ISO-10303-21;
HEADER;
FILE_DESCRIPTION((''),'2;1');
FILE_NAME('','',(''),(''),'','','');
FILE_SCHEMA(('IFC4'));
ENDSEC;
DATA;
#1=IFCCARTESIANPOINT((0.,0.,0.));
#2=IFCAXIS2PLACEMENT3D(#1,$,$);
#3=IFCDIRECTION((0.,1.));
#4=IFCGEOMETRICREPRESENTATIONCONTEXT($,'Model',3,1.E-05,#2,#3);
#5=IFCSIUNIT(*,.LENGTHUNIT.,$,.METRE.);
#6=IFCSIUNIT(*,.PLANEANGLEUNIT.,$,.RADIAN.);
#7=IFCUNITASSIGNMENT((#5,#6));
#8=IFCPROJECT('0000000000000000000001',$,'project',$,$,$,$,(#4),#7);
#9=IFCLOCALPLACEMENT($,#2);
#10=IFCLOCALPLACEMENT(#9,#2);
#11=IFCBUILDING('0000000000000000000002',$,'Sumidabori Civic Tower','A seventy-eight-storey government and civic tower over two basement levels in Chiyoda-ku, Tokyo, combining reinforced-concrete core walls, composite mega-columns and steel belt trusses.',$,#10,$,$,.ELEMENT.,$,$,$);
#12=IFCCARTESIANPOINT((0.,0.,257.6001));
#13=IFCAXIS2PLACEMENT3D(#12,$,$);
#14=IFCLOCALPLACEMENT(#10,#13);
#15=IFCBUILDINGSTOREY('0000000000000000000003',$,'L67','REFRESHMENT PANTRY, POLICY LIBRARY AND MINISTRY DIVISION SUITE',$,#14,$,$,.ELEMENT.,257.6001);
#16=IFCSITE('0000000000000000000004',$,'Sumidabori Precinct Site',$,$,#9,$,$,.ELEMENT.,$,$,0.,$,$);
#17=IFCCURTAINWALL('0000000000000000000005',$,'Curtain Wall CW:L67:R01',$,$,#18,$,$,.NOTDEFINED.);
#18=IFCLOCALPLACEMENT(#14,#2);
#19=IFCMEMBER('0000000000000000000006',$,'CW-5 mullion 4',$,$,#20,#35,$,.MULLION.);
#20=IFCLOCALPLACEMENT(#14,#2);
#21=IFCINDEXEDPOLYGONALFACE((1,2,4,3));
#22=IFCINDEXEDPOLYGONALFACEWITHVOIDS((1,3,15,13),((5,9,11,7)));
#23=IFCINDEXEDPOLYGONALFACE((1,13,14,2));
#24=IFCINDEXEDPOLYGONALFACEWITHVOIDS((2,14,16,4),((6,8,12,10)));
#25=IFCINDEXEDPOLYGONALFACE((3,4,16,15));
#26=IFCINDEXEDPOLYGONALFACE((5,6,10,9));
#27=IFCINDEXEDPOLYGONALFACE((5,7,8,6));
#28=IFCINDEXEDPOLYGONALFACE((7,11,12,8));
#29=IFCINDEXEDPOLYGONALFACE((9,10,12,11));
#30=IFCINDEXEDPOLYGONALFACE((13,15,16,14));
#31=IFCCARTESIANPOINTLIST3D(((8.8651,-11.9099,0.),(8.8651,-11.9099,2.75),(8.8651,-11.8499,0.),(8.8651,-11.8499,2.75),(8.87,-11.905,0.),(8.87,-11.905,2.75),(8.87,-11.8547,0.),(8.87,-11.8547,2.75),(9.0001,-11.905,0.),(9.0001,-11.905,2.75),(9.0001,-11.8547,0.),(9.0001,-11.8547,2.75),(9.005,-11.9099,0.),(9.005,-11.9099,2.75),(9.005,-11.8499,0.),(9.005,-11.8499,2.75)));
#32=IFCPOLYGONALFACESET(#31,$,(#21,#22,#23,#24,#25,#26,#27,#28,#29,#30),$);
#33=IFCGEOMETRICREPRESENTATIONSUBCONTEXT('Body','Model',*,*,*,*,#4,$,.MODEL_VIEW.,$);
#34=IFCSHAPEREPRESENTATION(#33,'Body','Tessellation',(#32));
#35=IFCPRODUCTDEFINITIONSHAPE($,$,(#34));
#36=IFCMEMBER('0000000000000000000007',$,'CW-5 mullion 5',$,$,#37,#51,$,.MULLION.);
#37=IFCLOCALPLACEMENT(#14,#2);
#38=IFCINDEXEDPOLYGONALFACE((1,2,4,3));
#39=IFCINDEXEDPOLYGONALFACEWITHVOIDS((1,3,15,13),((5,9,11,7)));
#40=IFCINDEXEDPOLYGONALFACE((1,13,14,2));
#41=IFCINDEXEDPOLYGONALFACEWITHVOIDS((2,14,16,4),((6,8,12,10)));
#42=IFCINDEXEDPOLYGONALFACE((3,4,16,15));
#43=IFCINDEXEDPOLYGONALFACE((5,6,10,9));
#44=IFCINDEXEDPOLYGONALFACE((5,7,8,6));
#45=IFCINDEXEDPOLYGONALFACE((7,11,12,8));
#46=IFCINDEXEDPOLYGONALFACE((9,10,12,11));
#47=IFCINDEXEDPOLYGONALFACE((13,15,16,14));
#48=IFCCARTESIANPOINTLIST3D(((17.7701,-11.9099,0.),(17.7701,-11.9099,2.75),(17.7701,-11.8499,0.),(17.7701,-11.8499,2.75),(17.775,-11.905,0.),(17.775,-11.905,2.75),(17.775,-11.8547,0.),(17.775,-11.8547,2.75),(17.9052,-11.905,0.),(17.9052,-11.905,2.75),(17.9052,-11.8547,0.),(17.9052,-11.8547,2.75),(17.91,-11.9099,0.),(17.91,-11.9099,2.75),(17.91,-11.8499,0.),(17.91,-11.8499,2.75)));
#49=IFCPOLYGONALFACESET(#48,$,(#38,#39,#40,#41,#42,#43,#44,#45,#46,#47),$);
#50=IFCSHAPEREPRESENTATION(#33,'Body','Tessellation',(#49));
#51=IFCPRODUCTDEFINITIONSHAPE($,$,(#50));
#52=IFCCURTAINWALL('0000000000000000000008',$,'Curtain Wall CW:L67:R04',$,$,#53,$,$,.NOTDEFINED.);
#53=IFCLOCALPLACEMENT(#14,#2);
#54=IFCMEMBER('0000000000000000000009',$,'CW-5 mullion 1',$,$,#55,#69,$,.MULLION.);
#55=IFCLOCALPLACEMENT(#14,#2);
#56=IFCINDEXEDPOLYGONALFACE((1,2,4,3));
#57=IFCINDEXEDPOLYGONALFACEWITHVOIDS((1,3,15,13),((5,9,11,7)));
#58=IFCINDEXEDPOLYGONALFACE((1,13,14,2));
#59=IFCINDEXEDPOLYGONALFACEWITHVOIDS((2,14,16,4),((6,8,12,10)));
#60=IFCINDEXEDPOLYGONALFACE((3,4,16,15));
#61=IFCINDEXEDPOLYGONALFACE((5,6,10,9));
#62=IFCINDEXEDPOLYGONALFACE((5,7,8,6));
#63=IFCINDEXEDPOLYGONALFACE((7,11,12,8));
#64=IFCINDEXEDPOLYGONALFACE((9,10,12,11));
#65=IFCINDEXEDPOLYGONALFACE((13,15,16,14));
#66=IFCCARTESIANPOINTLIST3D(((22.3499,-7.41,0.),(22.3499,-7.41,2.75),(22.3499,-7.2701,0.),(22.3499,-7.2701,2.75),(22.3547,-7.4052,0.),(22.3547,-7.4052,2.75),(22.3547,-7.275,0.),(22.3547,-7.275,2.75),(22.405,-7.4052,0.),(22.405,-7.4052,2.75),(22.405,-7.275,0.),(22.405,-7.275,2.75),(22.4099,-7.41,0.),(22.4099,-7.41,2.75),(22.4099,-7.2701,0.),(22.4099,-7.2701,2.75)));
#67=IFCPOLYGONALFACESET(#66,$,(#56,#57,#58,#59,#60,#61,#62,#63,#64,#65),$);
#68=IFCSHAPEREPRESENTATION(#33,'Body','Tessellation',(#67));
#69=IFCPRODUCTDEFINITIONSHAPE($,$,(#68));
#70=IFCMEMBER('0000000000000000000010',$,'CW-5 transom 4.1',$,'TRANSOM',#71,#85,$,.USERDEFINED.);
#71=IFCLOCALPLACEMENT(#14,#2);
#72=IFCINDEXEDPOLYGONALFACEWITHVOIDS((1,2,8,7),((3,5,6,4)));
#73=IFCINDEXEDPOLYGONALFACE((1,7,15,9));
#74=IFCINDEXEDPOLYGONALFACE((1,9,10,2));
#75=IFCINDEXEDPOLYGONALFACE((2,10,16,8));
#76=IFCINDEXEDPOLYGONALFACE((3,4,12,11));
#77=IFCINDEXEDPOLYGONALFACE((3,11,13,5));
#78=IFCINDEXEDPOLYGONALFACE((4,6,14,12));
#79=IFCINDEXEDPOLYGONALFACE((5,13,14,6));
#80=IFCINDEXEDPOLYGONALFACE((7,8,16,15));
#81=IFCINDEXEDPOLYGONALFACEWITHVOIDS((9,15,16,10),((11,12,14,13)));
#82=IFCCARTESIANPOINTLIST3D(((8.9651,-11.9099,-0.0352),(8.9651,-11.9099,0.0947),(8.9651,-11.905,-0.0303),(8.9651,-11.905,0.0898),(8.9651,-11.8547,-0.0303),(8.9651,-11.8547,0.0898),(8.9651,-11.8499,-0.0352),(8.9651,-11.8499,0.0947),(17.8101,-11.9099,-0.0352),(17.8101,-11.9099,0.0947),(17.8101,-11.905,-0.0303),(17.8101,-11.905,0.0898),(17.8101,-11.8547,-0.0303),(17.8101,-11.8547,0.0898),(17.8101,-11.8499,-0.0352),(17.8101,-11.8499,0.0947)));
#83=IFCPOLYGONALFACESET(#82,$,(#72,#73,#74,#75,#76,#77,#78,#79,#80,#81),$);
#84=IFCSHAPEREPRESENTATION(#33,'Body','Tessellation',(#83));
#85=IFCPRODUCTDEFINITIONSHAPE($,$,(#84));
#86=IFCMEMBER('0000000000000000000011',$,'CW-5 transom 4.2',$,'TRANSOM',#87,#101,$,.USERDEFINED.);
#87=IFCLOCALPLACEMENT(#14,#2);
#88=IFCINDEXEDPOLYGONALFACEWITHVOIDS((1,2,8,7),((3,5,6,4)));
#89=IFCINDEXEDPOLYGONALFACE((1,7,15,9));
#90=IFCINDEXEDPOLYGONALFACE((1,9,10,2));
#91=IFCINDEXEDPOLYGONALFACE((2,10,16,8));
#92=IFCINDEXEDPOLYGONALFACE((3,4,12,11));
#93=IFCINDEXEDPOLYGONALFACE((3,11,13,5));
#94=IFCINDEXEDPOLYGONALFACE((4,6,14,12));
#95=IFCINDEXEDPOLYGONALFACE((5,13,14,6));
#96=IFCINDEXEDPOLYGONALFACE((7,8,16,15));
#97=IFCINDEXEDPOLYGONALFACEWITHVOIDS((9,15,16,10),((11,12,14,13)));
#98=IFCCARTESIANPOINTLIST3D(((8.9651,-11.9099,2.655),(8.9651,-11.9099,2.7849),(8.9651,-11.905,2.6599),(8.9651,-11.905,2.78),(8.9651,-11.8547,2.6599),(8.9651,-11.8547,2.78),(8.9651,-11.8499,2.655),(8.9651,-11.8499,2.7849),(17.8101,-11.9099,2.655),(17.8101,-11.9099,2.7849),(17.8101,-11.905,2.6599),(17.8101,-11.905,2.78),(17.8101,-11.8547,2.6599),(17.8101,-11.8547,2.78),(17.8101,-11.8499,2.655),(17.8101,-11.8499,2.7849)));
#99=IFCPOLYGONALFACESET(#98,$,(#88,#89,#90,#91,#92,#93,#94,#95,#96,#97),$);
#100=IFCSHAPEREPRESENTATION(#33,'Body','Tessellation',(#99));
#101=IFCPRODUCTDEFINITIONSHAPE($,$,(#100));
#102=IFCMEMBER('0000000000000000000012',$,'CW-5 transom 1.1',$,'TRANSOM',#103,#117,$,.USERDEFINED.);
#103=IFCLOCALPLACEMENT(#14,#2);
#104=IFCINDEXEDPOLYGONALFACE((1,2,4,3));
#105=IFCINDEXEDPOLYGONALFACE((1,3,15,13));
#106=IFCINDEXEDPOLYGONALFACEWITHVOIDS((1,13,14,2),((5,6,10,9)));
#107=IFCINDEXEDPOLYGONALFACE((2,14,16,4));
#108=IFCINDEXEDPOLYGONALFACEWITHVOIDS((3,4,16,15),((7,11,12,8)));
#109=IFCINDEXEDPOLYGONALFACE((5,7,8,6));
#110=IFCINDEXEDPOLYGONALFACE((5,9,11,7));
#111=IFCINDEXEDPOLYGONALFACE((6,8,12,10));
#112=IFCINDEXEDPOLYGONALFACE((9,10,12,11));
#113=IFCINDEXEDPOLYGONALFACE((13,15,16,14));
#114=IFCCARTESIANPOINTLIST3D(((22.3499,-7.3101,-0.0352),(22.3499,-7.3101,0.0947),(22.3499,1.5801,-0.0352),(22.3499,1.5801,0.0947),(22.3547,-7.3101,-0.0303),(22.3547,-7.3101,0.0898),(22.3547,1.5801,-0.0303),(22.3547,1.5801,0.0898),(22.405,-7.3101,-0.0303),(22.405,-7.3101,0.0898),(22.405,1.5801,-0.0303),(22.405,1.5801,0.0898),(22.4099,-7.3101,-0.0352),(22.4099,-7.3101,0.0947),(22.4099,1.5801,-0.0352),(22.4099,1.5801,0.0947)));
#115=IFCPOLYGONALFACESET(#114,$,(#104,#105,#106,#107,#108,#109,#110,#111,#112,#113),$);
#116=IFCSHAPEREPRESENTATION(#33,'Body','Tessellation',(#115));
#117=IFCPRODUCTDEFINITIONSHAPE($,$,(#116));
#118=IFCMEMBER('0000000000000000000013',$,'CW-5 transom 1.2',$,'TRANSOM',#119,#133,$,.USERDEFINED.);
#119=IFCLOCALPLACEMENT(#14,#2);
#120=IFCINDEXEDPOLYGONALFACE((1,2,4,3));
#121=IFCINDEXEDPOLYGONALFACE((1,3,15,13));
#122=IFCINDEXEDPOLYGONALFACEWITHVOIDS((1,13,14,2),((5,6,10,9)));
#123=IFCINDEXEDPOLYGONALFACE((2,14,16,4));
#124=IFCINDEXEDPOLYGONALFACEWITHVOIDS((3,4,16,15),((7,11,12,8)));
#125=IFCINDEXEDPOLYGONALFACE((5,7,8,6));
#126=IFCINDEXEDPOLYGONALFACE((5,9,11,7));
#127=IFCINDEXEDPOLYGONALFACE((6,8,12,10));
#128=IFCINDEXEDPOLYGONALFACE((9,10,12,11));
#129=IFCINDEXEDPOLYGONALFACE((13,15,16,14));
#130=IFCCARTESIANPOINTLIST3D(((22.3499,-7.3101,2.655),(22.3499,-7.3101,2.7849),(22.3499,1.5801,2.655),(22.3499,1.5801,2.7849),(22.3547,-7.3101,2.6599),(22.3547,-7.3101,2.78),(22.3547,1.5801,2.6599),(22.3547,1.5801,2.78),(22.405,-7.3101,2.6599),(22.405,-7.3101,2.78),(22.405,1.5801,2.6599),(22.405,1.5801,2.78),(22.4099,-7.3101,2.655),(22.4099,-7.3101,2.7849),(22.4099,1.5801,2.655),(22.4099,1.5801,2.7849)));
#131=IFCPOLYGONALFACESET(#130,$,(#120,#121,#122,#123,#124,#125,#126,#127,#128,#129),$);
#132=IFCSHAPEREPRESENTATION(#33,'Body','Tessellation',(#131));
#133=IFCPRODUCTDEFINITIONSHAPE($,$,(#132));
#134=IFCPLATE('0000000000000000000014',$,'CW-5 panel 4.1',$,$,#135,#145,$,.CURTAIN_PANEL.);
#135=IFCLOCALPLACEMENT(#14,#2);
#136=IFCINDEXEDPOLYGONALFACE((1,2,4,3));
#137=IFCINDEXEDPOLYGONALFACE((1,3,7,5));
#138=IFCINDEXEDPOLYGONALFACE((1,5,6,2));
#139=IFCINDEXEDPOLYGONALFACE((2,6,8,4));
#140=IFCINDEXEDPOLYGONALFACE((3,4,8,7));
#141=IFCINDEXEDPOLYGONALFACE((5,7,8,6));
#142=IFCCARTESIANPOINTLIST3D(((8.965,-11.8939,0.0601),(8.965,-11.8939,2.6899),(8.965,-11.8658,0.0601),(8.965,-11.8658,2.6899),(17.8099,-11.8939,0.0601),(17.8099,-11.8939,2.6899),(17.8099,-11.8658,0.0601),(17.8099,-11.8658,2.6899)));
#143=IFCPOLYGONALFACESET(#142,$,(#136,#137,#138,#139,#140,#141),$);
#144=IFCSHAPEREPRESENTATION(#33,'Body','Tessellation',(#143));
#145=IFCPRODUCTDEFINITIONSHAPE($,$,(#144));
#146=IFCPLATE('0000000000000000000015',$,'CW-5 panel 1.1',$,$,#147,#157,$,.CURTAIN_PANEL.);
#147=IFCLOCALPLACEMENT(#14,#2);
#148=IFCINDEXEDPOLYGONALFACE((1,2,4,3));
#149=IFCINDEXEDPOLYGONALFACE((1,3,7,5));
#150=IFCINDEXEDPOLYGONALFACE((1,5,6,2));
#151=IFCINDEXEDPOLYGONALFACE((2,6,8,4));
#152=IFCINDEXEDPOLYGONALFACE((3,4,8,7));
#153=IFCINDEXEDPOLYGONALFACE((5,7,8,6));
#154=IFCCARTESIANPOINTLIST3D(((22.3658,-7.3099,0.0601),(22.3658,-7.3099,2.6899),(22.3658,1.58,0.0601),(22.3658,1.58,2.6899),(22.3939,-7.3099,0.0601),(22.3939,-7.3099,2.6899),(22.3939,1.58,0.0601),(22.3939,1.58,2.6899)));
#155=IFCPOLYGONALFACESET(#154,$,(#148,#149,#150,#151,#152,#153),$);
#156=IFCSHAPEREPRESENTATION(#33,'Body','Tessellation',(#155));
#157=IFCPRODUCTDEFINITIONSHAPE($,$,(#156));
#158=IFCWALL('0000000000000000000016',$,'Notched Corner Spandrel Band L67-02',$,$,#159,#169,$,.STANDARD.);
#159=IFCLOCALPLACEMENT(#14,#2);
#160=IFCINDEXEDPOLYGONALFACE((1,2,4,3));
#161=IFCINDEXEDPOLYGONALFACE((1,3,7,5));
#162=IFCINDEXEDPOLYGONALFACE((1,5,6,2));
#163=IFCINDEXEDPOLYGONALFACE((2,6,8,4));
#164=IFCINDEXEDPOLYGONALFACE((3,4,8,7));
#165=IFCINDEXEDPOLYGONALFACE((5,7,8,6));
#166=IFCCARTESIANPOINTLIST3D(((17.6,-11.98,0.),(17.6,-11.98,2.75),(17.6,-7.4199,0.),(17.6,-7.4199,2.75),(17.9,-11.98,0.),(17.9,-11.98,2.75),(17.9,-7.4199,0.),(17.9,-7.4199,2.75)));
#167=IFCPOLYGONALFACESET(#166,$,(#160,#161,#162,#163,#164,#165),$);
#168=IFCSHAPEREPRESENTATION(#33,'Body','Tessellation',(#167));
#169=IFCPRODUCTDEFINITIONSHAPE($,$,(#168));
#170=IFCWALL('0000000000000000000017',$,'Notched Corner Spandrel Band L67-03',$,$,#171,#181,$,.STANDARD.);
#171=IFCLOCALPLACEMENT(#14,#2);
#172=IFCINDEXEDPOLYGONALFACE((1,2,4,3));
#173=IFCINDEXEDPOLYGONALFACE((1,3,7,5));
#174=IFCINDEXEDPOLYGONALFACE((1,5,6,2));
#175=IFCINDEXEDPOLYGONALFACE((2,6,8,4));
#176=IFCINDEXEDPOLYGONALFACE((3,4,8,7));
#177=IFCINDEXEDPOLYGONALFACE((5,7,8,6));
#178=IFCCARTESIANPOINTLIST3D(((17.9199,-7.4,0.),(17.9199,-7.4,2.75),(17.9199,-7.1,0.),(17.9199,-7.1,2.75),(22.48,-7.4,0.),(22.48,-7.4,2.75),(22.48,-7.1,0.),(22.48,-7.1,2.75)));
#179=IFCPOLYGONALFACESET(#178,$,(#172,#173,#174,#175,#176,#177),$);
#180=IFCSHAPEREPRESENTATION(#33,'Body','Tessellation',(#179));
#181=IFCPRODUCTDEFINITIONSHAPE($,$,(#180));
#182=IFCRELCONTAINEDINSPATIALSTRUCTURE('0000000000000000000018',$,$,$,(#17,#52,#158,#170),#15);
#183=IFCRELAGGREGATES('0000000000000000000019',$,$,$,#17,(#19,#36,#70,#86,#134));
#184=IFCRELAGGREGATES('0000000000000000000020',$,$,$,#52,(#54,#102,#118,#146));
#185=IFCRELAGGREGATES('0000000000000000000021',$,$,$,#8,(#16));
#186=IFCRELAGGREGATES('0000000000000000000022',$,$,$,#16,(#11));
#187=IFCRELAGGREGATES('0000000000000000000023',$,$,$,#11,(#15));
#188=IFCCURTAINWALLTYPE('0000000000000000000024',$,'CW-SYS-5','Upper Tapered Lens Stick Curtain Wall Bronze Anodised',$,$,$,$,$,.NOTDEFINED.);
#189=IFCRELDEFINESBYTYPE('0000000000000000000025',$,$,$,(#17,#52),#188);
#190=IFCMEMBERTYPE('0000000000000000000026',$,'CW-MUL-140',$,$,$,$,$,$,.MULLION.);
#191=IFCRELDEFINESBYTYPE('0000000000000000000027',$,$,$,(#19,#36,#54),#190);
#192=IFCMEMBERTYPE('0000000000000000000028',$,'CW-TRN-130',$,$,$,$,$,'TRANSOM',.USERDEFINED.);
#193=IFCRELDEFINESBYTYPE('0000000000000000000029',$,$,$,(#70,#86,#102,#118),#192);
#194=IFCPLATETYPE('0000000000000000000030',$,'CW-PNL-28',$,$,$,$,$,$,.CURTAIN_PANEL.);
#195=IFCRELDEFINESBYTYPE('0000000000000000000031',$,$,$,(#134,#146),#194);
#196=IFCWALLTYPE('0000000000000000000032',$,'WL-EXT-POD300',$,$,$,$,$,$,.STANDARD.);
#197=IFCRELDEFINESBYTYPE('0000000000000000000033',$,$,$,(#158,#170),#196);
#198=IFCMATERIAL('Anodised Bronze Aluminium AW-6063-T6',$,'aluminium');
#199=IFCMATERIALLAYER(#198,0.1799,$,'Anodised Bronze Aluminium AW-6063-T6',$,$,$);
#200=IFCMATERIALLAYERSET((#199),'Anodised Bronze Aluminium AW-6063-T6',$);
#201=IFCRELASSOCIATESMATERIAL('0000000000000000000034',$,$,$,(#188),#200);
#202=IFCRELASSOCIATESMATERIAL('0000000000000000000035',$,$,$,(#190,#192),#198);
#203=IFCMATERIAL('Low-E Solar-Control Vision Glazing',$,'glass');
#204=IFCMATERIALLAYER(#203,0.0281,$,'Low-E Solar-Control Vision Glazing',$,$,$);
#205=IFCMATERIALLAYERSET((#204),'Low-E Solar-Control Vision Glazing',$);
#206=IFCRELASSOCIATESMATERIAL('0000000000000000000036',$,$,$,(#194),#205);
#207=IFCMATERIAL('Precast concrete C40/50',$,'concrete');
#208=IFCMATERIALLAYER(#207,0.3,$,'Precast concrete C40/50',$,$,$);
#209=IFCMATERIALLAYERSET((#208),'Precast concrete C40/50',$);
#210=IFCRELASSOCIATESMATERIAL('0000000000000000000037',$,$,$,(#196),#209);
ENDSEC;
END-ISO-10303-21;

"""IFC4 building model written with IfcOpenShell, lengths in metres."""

from ifc_helpers import new_model, si_unit, direction, frame, frame_2d, origin, origin_2d, place, context, subcontext, project, spatial, rectangle, hollow_rectangle, extrude, source, transform, mapped, material, layer, layer_set, material_profile, profile_set, type_object, element, aggregate, save


model = new_model("IFC4")

# Units and contexts
model_context = context("Model", 3, precision=1e-05, world=origin(), true_north=direction((0.0, 1.0)))
body_context = subcontext(model_context, "Body", "Model", "MODEL_VIEW")
ifc_project = project(units=[si_unit("LENGTHUNIT", "METRE"), si_unit("PLANEANGLEUNIT", "RADIAN")], contexts=[model_context])

# Site, building, storey
site_placement = place(None, origin())
site = spatial("IfcSite", under=ifc_project, at=site_placement, Name="Sumidabori Precinct Site", CompositionType="ELEMENT", RefElevation=0.0)
building_placement = place(site_placement, origin())
building = spatial("IfcBuilding", under=site, at=building_placement, Name="Sumidabori Civic Tower", Description="A seventy-eight-storey government and civic tower over two basement levels in Chiyoda-ku, Tokyo, combining reinforced-concrete core walls, composite mega-columns and steel belt trusses.", CompositionType="ELEMENT")
storey_placement = place(building_placement, frame((0.0, 0.0, 257.6001)))
storey = spatial("IfcBuildingStorey", under=building, at=storey_placement, Name="L67", Description="REFRESHMENT PANTRY, POLICY LIBRARY AND MINISTRY DIVISION SUITE", CompositionType="ELEMENT", Elevation=257.6001)

# Curtain wall, members
ifc_material_1 = material(Name="Anodised Bronze Aluminium AW-6063-T6", Category="aluminium")
ifc_layer_1 = layer(ifc_material_1, 0.1799, Name="Anodised Bronze Aluminium AW-6063-T6")
ifc_layer_set_1 = layer_set([ifc_layer_1], Name="Anodised Bronze Aluminium AW-6063-T6")
curtain_wall_type = type_object("IfcCurtainWallType", Name="CW-SYS-5", Description="Upper Tapered Lens Stick Curtain Wall Bronze Anodised", PredefinedType="NOTDEFINED", material=ifc_layer_set_1)
curtain_wall_1_placement = place(storey_placement, origin())
curtain_wall_1 = element("IfcCurtainWall", 1, at=curtain_wall_1_placement, inside=storey, type_object=curtain_wall_type, Name="Curtain Wall CW:L67:R01", PredefinedType="NOTDEFINED")
ifc_material_profile_1 = material_profile(ifc_material_1, hollow_rectangle(XDim=0.0601, YDim=0.1399, WallThickness=0.0049, at=origin_2d()), Name="ALU MULLION 140x60")
ifc_profile_set_1 = profile_set([ifc_material_profile_1], Name="Anodised Bronze Aluminium AW-6063-T6")
member_type_1 = type_object("IfcMemberType", Name="CW-MUL-140", PredefinedType="MULLION", material=ifc_profile_set_1)
shared_shape_1 = source(origin(), body_context, "Body", "SweptSolid", [
    extrude(hollow_rectangle(XDim=0.0601, YDim=0.1399, WallThickness=0.0049, at=origin_2d()), origin(), (0.0, 0.0, 1.0), 2.75),
])
member_1_placement = place(storey_placement, frame((8.9351, -11.8799, 0.0), z_axis=(0.0, 0.0, 1.0), x_axis=(0.0, 1.0, 0.0)))
member_1 = element("IfcMember", 2, at=member_1_placement, type_object=member_type_1, Name="CW-5 mullion 4", PredefinedType="MULLION", context=body_context, shape_type="MappedRepresentation", body=[
    mapped(shared_shape_1, transform((0.0, 0.0, 0.0), x_axis=(1.0, 0.0, 0.0), y_axis=(0.0, 1.0, 0.0), z_axis=(0.0, 0.0, 1.0), scale=1.0)),
])
member_2_placement = place(storey_placement, frame((17.8401, -11.8799, 0.0), z_axis=(0.0, 0.0, 1.0), x_axis=(0.0, 1.0, 0.0)))
member_2 = element("IfcMember", 3, at=member_2_placement, type_object=member_type_1, Name="CW-5 mullion 5", PredefinedType="MULLION", context=body_context, shape_type="MappedRepresentation", body=[
    mapped(shared_shape_1, transform((0.0, 0.0, 0.0), x_axis=(1.0, 0.0, 0.0), y_axis=(0.0, 1.0, 0.0), z_axis=(0.0, 0.0, 1.0), scale=1.0)),
])

# Curtain wall, member
curtain_wall_2_placement = place(storey_placement, origin())
curtain_wall_2 = element("IfcCurtainWall", 4, at=curtain_wall_2_placement, inside=storey, type_object=curtain_wall_type, Name="Curtain Wall CW:L67:R04", PredefinedType="NOTDEFINED")
member_3_placement = place(storey_placement, frame((22.3799, -7.3401, 0.0), z_axis=(0.0, 0.0, 1.0), x_axis=(-1.0, 0.0, 0.0)))
member_3 = element("IfcMember", 5, at=member_3_placement, type_object=member_type_1, Name="CW-5 mullion 1", PredefinedType="MULLION", context=body_context, shape_type="MappedRepresentation", body=[
    mapped(shared_shape_1, transform((0.0, 0.0, 0.0), x_axis=(1.0, 0.0, 0.0), y_axis=(0.0, 1.0, 0.0), z_axis=(0.0, 0.0, 1.0), scale=1.0)),
])

# Members
ifc_material_profile_2 = material_profile(ifc_material_1, hollow_rectangle(XDim=0.0601, YDim=0.1299, WallThickness=0.0049, at=origin_2d()), Name="ALU TRANSOM 130x60")
ifc_profile_set_2 = profile_set([ifc_material_profile_2], Name="Anodised Bronze Aluminium AW-6063-T6")
member_type_2 = type_object("IfcMemberType", Name="CW-TRN-130", ElementType="TRANSOM", PredefinedType="USERDEFINED", material=ifc_profile_set_2)
shared_shape_2 = source(origin(), body_context, "Body", "SweptSolid", [
    extrude(hollow_rectangle(XDim=0.0601, YDim=0.1299, WallThickness=0.0049, at=origin_2d()), origin(), (0.0, 0.0, 1.0), 8.845),
])
member_4_placement = place(storey_placement, frame((8.9651, -11.8799, 0.0298), z_axis=(1.0, 0.0, 0.0), x_axis=(0.0, 1.0, 0.0)))
member_4 = element("IfcMember", 6, at=member_4_placement, type_object=member_type_2, Name="CW-5 transom 4.1", ObjectType="TRANSOM", PredefinedType="USERDEFINED", context=body_context, shape_type="MappedRepresentation", body=[
    mapped(shared_shape_2, transform((0.0, 0.0, 0.0), x_axis=(1.0, 0.0, 0.0), y_axis=(0.0, 1.0, 0.0), z_axis=(0.0, 0.0, 1.0), scale=1.0)),
])
member_5_placement = place(storey_placement, frame((8.9651, -11.8799, 2.72), z_axis=(1.0, 0.0, 0.0), x_axis=(0.0, 1.0, 0.0)))
member_5 = element("IfcMember", 7, at=member_5_placement, type_object=member_type_2, Name="CW-5 transom 4.2", ObjectType="TRANSOM", PredefinedType="USERDEFINED", context=body_context, shape_type="MappedRepresentation", body=[
    mapped(shared_shape_2, transform((0.0, 0.0, 0.0), x_axis=(1.0, 0.0, 0.0), y_axis=(0.0, 1.0, 0.0), z_axis=(0.0, 0.0, 1.0), scale=1.0)),
])
shared_shape_3 = source(origin(), body_context, "Body", "SweptSolid", [
    extrude(hollow_rectangle(XDim=0.0601, YDim=0.1299, WallThickness=0.0049, at=origin_2d()), origin(), (0.0, 0.0, 1.0), 8.8901),
])
member_6_placement = place(storey_placement, frame((22.3799, -7.3101, 0.0298), z_axis=(0.0, 1.0, 0.0), x_axis=(-1.0, 0.0, 0.0)))
member_6 = element("IfcMember", 8, at=member_6_placement, type_object=member_type_2, Name="CW-5 transom 1.1", ObjectType="TRANSOM", PredefinedType="USERDEFINED", context=body_context, shape_type="MappedRepresentation", body=[
    mapped(shared_shape_3, transform((0.0, 0.0, 0.0), x_axis=(1.0, 0.0, 0.0), y_axis=(0.0, 1.0, 0.0), z_axis=(0.0, 0.0, 1.0), scale=1.0)),
])
member_7_placement = place(storey_placement, frame((22.3799, -7.3101, 2.72), z_axis=(0.0, 1.0, 0.0), x_axis=(-1.0, 0.0, 0.0)))
member_7 = element("IfcMember", 9, at=member_7_placement, type_object=member_type_2, Name="CW-5 transom 1.2", ObjectType="TRANSOM", PredefinedType="USERDEFINED", context=body_context, shape_type="MappedRepresentation", body=[
    mapped(shared_shape_3, transform((0.0, 0.0, 0.0), x_axis=(1.0, 0.0, 0.0), y_axis=(0.0, 1.0, 0.0), z_axis=(0.0, 0.0, 1.0), scale=1.0)),
])

# Plates
ifc_material_2 = material(Name="Low-E Solar-Control Vision Glazing", Category="glass")
ifc_layer_2 = layer(ifc_material_2, 0.0281, Name="Low-E Solar-Control Vision Glazing")
ifc_layer_set_2 = layer_set([ifc_layer_2], Name="Low-E Solar-Control Vision Glazing")
plate_type = type_object("IfcPlateType", Name="CW-PNL-28", PredefinedType="CURTAIN_PANEL", material=ifc_layer_set_2)
shared_shape_4 = source(origin(), body_context, "Body", "SweptSolid", [
    extrude(rectangle(XDim=8.845, YDim=0.0281, at=origin_2d()), origin(), (0.0, 0.0, 1.0), 2.6299),
])
plate_1_placement = place(storey_placement, frame((13.3875, -11.8799, 0.0601), z_axis=(0.0, 0.0, 1.0), x_axis=(1.0, 0.0, 0.0)))
plate_1 = element("IfcPlate", 10, at=plate_1_placement, type_object=plate_type, Name="CW-5 panel 4.1", PredefinedType="CURTAIN_PANEL", context=body_context, shape_type="MappedRepresentation", body=[
    mapped(shared_shape_4, transform((0.0, 0.0, 0.0), x_axis=(1.0, 0.0, 0.0), y_axis=(0.0, 1.0, 0.0), z_axis=(0.0, 0.0, 1.0), scale=1.0)),
])
aggregate(curtain_wall_1, [member_1, member_2, member_4, member_5, plate_1])
shared_shape_5 = source(origin(), body_context, "Body", "SweptSolid", [
    extrude(rectangle(XDim=8.8899, YDim=0.0281, at=origin_2d()), origin(), (0.0, 0.0, 1.0), 2.6299),
])
plate_2_placement = place(storey_placement, frame((22.3799, -2.865, 0.0601), z_axis=(0.0, 0.0, 1.0), x_axis=(0.0, 1.0, 0.0)))
plate_2 = element("IfcPlate", 11, at=plate_2_placement, type_object=plate_type, Name="CW-5 panel 1.1", PredefinedType="CURTAIN_PANEL", context=body_context, shape_type="MappedRepresentation", body=[
    mapped(shared_shape_5, transform((0.0, 0.0, 0.0), x_axis=(1.0, 0.0, 0.0), y_axis=(0.0, 1.0, 0.0), z_axis=(0.0, 0.0, 1.0), scale=1.0)),
])
aggregate(curtain_wall_2, [member_3, member_6, member_7, plate_2])

# Walls
ifc_material_3 = material(Name="Precast concrete C40/50", Category="concrete")
ifc_layer_3 = layer(ifc_material_3, 0.3, Name="Precast concrete C40/50")
ifc_layer_set_3 = layer_set([ifc_layer_3], Name="Precast concrete C40/50")
wall_type_1 = type_object("IfcWallType", Name="WL-EXT-POD300", PredefinedType="STANDARD", material=ifc_layer_set_3)
shared_shape_6 = source(origin(), body_context, "Body", "SweptSolid", [
    extrude(rectangle(XDim=4.5601, YDim=0.3, at=frame_2d((2.28, 0.0))), origin(), (0.0, 0.0, 1.0), 2.75),
])
for number, where, z_axis, x_axis, name in (
    (12, (17.75, -11.98, 0.0), (0.0, 0.0, 1.0), (0.0, 1.0, 0.0), "Notched Corner Spandrel Band L67-02"),
    (13, (17.9199, -7.25, 0.0), (0.0, 0.0, 1.0), (1.0, 0.0, 0.0), "Notched Corner Spandrel Band L67-03"),
):
    element("IfcWall", number, at=place(storey_placement, frame(where, z_axis=z_axis, x_axis=x_axis)), inside=storey, type_object=wall_type_1, Name=name, PredefinedType="STANDARD", context=body_context, shape_type="MappedRepresentation", body=[
        mapped(shared_shape_6, transform((0.0, 0.0, 0.0), x_axis=(1.0, 0.0, 0.0), y_axis=(0.0, 1.0, 0.0), z_axis=(0.0, 0.0, 1.0), scale=1.0)),
    ])

save(model, "model.ifc")
